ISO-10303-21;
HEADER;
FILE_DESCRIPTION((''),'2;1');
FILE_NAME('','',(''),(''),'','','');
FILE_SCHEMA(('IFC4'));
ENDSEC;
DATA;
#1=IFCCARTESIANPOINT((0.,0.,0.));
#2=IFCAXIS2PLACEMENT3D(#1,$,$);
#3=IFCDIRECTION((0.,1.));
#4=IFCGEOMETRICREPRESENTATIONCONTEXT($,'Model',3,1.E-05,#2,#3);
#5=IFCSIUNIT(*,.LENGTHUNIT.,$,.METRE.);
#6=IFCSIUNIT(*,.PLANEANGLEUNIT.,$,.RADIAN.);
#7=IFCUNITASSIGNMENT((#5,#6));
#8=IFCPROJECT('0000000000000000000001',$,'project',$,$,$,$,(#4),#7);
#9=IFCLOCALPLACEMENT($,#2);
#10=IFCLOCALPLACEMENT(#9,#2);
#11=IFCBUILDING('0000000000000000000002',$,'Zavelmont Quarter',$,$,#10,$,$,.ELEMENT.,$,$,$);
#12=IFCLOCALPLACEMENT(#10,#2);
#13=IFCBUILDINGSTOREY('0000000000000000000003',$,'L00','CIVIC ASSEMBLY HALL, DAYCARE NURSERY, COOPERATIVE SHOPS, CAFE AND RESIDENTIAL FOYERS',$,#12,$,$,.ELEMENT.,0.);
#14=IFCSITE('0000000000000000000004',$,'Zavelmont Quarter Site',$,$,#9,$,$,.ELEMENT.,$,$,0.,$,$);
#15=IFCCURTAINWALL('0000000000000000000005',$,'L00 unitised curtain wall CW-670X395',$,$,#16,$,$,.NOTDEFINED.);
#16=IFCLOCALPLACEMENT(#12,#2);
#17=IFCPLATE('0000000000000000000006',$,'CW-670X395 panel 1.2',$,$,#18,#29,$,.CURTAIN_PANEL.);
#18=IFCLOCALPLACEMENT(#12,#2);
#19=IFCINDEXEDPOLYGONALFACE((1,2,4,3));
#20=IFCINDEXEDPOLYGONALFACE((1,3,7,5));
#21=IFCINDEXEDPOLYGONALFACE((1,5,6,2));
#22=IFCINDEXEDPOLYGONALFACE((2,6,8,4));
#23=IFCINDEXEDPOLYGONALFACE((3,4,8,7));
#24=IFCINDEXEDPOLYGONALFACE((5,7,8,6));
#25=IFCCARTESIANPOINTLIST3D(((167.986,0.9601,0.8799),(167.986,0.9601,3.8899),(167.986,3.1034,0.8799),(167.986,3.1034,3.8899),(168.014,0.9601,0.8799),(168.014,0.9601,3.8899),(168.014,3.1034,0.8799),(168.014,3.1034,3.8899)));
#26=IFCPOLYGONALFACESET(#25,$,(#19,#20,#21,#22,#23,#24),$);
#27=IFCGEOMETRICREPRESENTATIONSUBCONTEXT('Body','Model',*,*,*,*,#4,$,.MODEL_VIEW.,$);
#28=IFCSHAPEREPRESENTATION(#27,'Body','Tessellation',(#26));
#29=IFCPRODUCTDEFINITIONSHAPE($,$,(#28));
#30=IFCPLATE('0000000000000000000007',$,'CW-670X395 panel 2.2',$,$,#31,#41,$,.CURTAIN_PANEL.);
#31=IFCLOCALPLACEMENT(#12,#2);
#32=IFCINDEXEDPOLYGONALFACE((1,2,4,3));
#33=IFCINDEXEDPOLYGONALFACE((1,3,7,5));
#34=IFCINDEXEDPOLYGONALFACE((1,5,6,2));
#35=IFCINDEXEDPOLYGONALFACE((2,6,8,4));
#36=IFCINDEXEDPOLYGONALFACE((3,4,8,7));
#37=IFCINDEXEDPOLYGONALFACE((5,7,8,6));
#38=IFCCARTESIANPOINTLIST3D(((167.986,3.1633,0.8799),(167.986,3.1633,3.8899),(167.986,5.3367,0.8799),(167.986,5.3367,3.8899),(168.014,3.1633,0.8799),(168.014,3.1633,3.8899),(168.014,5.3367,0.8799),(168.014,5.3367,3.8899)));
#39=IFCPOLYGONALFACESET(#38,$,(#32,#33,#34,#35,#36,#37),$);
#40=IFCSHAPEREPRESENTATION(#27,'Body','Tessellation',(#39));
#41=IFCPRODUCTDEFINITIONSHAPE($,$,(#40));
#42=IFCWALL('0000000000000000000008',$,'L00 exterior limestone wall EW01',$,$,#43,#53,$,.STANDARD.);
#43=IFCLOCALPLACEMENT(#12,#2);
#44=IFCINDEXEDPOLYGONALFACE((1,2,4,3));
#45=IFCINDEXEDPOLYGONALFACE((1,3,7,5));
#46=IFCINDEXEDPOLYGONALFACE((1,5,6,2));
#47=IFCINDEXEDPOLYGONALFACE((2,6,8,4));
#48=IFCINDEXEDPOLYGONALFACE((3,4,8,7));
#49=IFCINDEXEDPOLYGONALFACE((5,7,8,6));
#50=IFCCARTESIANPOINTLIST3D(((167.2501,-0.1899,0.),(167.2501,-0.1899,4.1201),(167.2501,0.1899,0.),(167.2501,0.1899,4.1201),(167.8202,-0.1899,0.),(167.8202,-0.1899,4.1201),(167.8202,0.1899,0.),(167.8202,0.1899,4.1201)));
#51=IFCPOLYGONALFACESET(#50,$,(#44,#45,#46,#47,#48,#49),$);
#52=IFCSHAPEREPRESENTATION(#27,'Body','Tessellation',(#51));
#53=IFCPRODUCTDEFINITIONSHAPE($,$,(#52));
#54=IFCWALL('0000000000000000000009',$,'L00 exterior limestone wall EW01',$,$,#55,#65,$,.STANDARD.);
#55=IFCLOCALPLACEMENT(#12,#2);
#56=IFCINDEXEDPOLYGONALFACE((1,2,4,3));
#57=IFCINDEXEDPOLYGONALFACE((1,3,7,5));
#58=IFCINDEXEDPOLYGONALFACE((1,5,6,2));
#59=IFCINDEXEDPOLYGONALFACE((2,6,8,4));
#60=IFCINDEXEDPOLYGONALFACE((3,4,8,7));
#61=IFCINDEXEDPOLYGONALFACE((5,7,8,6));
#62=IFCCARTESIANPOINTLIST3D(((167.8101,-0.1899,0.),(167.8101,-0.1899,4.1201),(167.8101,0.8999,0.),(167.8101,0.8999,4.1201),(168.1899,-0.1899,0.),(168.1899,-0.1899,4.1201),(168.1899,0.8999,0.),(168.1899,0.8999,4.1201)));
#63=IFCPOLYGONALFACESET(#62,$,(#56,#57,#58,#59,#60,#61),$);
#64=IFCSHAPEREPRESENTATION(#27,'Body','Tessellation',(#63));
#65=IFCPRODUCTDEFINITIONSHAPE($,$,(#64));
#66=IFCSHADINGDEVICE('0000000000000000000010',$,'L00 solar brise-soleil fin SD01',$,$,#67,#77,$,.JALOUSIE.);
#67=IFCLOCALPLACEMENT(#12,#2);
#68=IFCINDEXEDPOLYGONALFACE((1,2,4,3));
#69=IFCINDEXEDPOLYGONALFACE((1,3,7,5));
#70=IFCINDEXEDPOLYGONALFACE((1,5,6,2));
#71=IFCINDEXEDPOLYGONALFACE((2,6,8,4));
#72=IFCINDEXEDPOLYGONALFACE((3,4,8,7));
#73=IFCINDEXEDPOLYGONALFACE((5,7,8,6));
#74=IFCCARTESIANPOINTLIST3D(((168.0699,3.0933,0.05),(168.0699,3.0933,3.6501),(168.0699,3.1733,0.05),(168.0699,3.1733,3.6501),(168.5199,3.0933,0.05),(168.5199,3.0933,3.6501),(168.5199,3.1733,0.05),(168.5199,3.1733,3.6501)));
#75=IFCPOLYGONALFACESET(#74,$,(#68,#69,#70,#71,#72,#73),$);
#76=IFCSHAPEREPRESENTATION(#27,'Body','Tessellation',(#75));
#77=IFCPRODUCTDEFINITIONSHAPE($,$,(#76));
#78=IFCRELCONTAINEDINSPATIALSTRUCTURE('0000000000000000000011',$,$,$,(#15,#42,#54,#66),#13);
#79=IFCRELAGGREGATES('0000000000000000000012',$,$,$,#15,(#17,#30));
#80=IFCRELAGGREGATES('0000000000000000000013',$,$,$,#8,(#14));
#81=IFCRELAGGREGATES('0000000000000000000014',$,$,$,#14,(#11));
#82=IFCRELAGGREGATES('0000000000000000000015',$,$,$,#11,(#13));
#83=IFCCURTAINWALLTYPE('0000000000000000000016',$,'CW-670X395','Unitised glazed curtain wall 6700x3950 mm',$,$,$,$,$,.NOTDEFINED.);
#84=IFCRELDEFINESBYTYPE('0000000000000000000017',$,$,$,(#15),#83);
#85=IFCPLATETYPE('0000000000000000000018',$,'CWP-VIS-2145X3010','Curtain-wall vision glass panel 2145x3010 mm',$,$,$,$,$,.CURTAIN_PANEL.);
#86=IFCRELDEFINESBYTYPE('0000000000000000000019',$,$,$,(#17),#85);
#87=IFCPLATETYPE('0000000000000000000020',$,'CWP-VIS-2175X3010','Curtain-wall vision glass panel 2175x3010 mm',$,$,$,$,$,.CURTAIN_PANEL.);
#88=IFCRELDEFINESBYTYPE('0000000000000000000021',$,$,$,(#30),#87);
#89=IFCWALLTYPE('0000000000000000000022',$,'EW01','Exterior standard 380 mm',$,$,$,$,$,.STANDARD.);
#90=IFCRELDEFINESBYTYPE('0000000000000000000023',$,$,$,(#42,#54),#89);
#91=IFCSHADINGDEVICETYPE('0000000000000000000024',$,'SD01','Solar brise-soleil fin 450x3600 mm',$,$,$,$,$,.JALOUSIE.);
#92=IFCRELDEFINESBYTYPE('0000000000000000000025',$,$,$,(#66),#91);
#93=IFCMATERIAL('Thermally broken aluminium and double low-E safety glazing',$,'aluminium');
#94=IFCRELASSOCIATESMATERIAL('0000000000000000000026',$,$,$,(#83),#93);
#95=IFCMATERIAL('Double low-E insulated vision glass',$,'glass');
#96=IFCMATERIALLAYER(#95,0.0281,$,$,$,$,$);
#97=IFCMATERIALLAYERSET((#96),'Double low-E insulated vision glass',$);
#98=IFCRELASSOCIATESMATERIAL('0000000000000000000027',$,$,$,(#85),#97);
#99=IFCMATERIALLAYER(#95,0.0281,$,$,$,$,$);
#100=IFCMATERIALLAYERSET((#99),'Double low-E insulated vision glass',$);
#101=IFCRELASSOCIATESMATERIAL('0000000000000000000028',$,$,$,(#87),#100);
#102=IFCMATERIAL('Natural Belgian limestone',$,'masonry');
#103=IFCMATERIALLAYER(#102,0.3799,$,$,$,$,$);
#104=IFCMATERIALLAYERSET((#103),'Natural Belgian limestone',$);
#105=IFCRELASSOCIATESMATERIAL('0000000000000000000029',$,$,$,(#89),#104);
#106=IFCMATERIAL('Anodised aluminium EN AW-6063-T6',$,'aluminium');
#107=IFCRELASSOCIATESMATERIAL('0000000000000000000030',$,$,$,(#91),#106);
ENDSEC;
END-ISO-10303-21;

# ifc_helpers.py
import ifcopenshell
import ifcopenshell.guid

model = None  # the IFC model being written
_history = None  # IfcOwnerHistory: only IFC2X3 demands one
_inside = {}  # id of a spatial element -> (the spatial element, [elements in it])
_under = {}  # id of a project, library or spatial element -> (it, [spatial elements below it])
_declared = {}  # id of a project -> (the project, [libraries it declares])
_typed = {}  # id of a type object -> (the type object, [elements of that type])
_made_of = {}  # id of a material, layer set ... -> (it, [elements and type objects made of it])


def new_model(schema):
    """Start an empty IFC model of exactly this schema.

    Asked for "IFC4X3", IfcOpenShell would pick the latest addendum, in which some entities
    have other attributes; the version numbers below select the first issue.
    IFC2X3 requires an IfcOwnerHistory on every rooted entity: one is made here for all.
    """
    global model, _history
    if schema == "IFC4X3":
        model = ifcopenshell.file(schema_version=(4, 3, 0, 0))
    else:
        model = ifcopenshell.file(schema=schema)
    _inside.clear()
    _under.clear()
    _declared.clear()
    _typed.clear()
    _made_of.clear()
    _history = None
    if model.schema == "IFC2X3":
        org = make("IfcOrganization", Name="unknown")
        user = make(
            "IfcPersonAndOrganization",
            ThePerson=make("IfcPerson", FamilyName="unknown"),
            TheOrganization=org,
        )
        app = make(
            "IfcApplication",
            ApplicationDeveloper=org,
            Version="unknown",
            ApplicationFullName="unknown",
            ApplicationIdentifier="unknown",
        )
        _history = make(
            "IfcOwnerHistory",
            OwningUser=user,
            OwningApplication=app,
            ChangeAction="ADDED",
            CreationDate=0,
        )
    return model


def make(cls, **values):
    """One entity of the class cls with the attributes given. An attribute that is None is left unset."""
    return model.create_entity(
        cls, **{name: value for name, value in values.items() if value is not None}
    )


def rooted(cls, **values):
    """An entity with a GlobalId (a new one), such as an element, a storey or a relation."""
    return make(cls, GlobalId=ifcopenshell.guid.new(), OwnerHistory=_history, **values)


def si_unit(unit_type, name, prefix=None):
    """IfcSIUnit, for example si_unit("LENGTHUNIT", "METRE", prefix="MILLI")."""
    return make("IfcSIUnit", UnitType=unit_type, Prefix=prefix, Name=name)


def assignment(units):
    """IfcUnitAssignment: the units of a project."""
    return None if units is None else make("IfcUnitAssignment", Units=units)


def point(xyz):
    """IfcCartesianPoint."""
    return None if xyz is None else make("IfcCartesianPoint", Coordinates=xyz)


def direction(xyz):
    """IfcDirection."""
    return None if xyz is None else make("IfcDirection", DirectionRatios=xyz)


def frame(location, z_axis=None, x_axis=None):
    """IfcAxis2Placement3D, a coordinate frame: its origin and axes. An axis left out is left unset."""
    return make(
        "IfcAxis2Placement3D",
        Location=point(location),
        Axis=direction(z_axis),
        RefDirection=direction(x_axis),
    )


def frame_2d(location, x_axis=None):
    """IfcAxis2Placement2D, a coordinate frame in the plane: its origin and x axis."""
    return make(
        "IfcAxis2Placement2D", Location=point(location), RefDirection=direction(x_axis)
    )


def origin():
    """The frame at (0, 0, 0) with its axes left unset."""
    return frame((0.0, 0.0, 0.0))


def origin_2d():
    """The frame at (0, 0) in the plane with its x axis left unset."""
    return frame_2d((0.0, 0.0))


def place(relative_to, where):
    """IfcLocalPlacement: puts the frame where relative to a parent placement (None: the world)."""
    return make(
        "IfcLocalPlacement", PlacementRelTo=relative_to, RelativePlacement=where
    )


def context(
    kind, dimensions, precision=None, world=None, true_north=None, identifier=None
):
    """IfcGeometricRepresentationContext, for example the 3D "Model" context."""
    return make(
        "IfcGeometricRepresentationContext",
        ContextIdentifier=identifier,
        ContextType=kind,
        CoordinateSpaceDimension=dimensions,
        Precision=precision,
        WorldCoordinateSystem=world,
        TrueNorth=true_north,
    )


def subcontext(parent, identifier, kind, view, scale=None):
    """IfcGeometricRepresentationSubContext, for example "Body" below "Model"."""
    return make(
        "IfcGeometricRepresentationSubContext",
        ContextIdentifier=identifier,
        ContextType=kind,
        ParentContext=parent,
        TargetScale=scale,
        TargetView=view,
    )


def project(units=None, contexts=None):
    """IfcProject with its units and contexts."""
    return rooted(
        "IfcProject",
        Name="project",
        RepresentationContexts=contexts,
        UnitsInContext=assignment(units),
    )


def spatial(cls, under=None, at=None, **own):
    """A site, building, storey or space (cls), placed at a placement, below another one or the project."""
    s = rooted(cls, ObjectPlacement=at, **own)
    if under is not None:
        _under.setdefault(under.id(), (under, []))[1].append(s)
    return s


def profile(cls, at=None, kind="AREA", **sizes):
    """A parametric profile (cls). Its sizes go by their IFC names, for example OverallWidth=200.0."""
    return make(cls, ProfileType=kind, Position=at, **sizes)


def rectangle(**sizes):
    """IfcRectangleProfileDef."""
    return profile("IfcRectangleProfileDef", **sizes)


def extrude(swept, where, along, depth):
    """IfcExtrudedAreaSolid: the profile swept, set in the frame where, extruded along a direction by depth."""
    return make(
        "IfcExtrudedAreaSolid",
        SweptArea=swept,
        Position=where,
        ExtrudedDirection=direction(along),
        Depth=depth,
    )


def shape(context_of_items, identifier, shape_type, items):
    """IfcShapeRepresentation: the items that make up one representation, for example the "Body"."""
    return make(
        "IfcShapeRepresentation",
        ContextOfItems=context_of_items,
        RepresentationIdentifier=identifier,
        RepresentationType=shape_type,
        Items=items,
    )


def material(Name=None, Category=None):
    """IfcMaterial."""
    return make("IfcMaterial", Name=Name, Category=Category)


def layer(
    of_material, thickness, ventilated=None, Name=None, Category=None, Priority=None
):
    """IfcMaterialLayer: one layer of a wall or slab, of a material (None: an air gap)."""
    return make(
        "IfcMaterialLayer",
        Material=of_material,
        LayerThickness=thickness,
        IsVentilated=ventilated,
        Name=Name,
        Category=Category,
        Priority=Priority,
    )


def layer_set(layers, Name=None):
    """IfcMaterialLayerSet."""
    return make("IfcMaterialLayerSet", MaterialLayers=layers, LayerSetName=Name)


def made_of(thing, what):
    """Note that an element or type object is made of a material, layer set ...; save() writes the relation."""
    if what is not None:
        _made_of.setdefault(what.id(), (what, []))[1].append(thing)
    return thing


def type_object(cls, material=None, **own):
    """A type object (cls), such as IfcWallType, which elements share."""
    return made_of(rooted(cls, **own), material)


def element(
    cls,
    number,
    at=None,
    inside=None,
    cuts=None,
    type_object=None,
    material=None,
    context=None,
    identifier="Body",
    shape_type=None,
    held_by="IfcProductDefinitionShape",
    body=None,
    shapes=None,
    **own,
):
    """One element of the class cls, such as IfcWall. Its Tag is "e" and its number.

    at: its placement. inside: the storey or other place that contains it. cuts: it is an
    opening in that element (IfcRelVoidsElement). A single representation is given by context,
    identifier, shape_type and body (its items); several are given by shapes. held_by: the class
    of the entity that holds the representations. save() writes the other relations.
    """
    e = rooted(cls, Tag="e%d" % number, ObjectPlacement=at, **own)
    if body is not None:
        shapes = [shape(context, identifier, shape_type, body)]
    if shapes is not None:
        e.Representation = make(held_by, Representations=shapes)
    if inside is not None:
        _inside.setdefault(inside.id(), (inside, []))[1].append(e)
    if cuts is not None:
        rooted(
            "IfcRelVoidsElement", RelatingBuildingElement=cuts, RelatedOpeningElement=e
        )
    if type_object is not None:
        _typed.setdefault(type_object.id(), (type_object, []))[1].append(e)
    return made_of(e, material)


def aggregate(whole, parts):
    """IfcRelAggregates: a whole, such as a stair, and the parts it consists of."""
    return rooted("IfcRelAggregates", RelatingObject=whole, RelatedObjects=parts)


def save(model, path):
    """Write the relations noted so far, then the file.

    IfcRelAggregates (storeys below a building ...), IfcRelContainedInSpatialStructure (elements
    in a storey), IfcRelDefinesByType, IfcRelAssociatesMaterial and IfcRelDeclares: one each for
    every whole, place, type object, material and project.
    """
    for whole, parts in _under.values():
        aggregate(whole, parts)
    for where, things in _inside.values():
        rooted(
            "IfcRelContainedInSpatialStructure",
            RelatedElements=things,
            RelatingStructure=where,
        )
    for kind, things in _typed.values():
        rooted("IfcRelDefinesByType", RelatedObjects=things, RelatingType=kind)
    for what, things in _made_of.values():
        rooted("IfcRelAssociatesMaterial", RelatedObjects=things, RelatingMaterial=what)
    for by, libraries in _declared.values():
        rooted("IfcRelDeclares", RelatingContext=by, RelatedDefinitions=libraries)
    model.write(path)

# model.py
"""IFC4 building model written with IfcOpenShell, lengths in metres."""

from ifc_helpers import new_model, si_unit, direction, frame, frame_2d, origin, origin_2d, place, context, subcontext, project, spatial, rectangle, extrude, material, layer, layer_set, type_object, element, aggregate, save


model = new_model("IFC4")

# Units and contexts
model_context = context("Model", 3, precision=1e-05, world=origin(), true_north=direction((0.0, 1.0)))
body_context = subcontext(model_context, "Body", "Model", "MODEL_VIEW")
ifc_project = project(units=[si_unit("LENGTHUNIT", "METRE"), si_unit("PLANEANGLEUNIT", "RADIAN")], contexts=[model_context])

# Site, building, storey
site_placement = place(None, origin())
site = spatial("IfcSite", under=ifc_project, at=site_placement, Name="Zavelmont Quarter Site", CompositionType="ELEMENT", RefElevation=0.0)
building_placement = place(site_placement, origin())
building = spatial("IfcBuilding", under=site, at=building_placement, Name="Zavelmont Quarter", CompositionType="ELEMENT")
storey_placement = place(building_placement, origin())
storey = spatial("IfcBuildingStorey", under=building, at=storey_placement, Name="L00", Description="CIVIC ASSEMBLY HALL, DAYCARE NURSERY, COOPERATIVE SHOPS, CAFE AND RESIDENTIAL FOYERS", CompositionType="ELEMENT", Elevation=0.0)

# Curtain wall
ifc_material_1 = material(Name="Thermally broken aluminium and double low-E safety glazing", Category="aluminium")
curtain_wall_type_1 = type_object("IfcCurtainWallType", Name="CW-670X395", Description="Unitised glazed curtain wall 6700x3950 mm", PredefinedType="NOTDEFINED", material=ifc_material_1)
curtain_wall_1_placement = place(storey_placement, origin())
curtain_wall_1 = element("IfcCurtainWall", 1, at=curtain_wall_1_placement, inside=storey, type_object=curtain_wall_type_1, Name="L00 unitised curtain wall CW-670X395", PredefinedType="NOTDEFINED")

# Plates
ifc_material_2 = material(Name="Double low-E insulated vision glass", Category="glass")
ifc_layer_1 = layer(ifc_material_2, 0.0281)
ifc_layer_set_1 = layer_set([ifc_layer_1], Name="Double low-E insulated vision glass")
plate_type_1 = type_object("IfcPlateType", Name="CWP-VIS-2145X3010", Description="Curtain-wall vision glass panel 2145x3010 mm", PredefinedType="CURTAIN_PANEL", material=ifc_layer_set_1)
plate_1_placement = place(storey_placement, frame((168.0, 2.0317, 0.8799), z_axis=(0.0, 0.0, 1.0), x_axis=(0.0, 1.0, 0.0)))
plate_1 = element("IfcPlate", 2, at=plate_1_placement, type_object=plate_type_1, Name="CW-670X395 panel 1.2", PredefinedType="CURTAIN_PANEL", context=body_context, shape_type="SweptSolid", body=[
    extrude(rectangle(XDim=2.1433, YDim=0.0281, at=origin_2d()), origin(), (0.0, 0.0, 1.0), 3.01),
])
ifc_layer_2 = layer(ifc_material_2, 0.0281)
ifc_layer_set_2 = layer_set([ifc_layer_2], Name="Double low-E insulated vision glass")
plate_type_2 = type_object("IfcPlateType", Name="CWP-VIS-2175X3010", Description="Curtain-wall vision glass panel 2175x3010 mm", PredefinedType="CURTAIN_PANEL", material=ifc_layer_set_2)
plate_2_placement = place(storey_placement, frame((168.0, 4.25, 0.8799), z_axis=(0.0, 0.0, 1.0), x_axis=(0.0, 1.0, 0.0)))
plate_2 = element("IfcPlate", 3, at=plate_2_placement, type_object=plate_type_2, Name="CW-670X395 panel 2.2", PredefinedType="CURTAIN_PANEL", context=body_context, shape_type="SweptSolid", body=[
    extrude(rectangle(XDim=2.1733, YDim=0.0281, at=origin_2d()), origin(), (0.0, 0.0, 1.0), 3.01),
])
aggregate(curtain_wall_1, [plate_1, plate_2])

# Walls
ifc_material_3 = material(Name="Natural Belgian limestone", Category="masonry")
ifc_layer_3 = layer(ifc_material_3, 0.3799)
ifc_layer_set_3 = layer_set([ifc_layer_3], Name="Natural Belgian limestone")
wall_type = type_object("IfcWallType", Name="EW01", Description="Exterior standard 380 mm", PredefinedType="STANDARD", material=ifc_layer_set_3)
wall_1_placement = place(storey_placement, frame((167.25, 0.0, 0.0), z_axis=(0.0, 0.0, 1.0), x_axis=(1.0, 0.0, 0.0)))
element("IfcWall", 4, at=wall_1_placement, inside=storey, type_object=wall_type, Name="L00 exterior limestone wall EW01", PredefinedType="STANDARD", context=body_context, shape_type="SweptSolid", body=[
    extrude(rectangle(XDim=0.5701, YDim=0.3799, at=frame_2d((0.2852, 0.0))), origin(), (0.0, 0.0, 1.0), 4.1201),
])
wall_2_placement = place(storey_placement, frame((168.0, -0.1899, 0.0), z_axis=(0.0, 0.0, 1.0), x_axis=(0.0, 1.0, 0.0)))
element("IfcWall", 5, at=wall_2_placement, inside=storey, type_object=wall_type, Name="L00 exterior limestone wall EW01", PredefinedType="STANDARD", context=body_context, shape_type="SweptSolid", body=[
    extrude(rectangle(XDim=1.0898, YDim=0.3799, at=frame_2d((0.5449, 0.0))), origin(), (0.0, 0.0, 1.0), 4.1201),
])

# Shading device
ifc_material_4 = material(Name="Anodised aluminium EN AW-6063-T6", Category="aluminium")
shading_device_type = type_object("IfcShadingDeviceType", Name="SD01", Description="Solar brise-soleil fin 450x3600 mm", PredefinedType="JALOUSIE", material=ifc_material_4)
shading_device_placement = place(storey_placement, frame((168.2949, 3.1333, 0.05), z_axis=(0.0, 0.0, 1.0), x_axis=(0.0, 1.0, 0.0)))
element("IfcShadingDevice", 6, at=shading_device_placement, inside=storey, type_object=shading_device_type, Name="L00 solar brise-soleil fin SD01", PredefinedType="JALOUSIE", context=body_context, shape_type="SweptSolid", body=[
    extrude(rectangle(XDim=0.0801, YDim=0.45, at=origin_2d()), origin(), (0.0, 0.0, 1.0), 3.6001),
])

save(model, "model.ifc")
